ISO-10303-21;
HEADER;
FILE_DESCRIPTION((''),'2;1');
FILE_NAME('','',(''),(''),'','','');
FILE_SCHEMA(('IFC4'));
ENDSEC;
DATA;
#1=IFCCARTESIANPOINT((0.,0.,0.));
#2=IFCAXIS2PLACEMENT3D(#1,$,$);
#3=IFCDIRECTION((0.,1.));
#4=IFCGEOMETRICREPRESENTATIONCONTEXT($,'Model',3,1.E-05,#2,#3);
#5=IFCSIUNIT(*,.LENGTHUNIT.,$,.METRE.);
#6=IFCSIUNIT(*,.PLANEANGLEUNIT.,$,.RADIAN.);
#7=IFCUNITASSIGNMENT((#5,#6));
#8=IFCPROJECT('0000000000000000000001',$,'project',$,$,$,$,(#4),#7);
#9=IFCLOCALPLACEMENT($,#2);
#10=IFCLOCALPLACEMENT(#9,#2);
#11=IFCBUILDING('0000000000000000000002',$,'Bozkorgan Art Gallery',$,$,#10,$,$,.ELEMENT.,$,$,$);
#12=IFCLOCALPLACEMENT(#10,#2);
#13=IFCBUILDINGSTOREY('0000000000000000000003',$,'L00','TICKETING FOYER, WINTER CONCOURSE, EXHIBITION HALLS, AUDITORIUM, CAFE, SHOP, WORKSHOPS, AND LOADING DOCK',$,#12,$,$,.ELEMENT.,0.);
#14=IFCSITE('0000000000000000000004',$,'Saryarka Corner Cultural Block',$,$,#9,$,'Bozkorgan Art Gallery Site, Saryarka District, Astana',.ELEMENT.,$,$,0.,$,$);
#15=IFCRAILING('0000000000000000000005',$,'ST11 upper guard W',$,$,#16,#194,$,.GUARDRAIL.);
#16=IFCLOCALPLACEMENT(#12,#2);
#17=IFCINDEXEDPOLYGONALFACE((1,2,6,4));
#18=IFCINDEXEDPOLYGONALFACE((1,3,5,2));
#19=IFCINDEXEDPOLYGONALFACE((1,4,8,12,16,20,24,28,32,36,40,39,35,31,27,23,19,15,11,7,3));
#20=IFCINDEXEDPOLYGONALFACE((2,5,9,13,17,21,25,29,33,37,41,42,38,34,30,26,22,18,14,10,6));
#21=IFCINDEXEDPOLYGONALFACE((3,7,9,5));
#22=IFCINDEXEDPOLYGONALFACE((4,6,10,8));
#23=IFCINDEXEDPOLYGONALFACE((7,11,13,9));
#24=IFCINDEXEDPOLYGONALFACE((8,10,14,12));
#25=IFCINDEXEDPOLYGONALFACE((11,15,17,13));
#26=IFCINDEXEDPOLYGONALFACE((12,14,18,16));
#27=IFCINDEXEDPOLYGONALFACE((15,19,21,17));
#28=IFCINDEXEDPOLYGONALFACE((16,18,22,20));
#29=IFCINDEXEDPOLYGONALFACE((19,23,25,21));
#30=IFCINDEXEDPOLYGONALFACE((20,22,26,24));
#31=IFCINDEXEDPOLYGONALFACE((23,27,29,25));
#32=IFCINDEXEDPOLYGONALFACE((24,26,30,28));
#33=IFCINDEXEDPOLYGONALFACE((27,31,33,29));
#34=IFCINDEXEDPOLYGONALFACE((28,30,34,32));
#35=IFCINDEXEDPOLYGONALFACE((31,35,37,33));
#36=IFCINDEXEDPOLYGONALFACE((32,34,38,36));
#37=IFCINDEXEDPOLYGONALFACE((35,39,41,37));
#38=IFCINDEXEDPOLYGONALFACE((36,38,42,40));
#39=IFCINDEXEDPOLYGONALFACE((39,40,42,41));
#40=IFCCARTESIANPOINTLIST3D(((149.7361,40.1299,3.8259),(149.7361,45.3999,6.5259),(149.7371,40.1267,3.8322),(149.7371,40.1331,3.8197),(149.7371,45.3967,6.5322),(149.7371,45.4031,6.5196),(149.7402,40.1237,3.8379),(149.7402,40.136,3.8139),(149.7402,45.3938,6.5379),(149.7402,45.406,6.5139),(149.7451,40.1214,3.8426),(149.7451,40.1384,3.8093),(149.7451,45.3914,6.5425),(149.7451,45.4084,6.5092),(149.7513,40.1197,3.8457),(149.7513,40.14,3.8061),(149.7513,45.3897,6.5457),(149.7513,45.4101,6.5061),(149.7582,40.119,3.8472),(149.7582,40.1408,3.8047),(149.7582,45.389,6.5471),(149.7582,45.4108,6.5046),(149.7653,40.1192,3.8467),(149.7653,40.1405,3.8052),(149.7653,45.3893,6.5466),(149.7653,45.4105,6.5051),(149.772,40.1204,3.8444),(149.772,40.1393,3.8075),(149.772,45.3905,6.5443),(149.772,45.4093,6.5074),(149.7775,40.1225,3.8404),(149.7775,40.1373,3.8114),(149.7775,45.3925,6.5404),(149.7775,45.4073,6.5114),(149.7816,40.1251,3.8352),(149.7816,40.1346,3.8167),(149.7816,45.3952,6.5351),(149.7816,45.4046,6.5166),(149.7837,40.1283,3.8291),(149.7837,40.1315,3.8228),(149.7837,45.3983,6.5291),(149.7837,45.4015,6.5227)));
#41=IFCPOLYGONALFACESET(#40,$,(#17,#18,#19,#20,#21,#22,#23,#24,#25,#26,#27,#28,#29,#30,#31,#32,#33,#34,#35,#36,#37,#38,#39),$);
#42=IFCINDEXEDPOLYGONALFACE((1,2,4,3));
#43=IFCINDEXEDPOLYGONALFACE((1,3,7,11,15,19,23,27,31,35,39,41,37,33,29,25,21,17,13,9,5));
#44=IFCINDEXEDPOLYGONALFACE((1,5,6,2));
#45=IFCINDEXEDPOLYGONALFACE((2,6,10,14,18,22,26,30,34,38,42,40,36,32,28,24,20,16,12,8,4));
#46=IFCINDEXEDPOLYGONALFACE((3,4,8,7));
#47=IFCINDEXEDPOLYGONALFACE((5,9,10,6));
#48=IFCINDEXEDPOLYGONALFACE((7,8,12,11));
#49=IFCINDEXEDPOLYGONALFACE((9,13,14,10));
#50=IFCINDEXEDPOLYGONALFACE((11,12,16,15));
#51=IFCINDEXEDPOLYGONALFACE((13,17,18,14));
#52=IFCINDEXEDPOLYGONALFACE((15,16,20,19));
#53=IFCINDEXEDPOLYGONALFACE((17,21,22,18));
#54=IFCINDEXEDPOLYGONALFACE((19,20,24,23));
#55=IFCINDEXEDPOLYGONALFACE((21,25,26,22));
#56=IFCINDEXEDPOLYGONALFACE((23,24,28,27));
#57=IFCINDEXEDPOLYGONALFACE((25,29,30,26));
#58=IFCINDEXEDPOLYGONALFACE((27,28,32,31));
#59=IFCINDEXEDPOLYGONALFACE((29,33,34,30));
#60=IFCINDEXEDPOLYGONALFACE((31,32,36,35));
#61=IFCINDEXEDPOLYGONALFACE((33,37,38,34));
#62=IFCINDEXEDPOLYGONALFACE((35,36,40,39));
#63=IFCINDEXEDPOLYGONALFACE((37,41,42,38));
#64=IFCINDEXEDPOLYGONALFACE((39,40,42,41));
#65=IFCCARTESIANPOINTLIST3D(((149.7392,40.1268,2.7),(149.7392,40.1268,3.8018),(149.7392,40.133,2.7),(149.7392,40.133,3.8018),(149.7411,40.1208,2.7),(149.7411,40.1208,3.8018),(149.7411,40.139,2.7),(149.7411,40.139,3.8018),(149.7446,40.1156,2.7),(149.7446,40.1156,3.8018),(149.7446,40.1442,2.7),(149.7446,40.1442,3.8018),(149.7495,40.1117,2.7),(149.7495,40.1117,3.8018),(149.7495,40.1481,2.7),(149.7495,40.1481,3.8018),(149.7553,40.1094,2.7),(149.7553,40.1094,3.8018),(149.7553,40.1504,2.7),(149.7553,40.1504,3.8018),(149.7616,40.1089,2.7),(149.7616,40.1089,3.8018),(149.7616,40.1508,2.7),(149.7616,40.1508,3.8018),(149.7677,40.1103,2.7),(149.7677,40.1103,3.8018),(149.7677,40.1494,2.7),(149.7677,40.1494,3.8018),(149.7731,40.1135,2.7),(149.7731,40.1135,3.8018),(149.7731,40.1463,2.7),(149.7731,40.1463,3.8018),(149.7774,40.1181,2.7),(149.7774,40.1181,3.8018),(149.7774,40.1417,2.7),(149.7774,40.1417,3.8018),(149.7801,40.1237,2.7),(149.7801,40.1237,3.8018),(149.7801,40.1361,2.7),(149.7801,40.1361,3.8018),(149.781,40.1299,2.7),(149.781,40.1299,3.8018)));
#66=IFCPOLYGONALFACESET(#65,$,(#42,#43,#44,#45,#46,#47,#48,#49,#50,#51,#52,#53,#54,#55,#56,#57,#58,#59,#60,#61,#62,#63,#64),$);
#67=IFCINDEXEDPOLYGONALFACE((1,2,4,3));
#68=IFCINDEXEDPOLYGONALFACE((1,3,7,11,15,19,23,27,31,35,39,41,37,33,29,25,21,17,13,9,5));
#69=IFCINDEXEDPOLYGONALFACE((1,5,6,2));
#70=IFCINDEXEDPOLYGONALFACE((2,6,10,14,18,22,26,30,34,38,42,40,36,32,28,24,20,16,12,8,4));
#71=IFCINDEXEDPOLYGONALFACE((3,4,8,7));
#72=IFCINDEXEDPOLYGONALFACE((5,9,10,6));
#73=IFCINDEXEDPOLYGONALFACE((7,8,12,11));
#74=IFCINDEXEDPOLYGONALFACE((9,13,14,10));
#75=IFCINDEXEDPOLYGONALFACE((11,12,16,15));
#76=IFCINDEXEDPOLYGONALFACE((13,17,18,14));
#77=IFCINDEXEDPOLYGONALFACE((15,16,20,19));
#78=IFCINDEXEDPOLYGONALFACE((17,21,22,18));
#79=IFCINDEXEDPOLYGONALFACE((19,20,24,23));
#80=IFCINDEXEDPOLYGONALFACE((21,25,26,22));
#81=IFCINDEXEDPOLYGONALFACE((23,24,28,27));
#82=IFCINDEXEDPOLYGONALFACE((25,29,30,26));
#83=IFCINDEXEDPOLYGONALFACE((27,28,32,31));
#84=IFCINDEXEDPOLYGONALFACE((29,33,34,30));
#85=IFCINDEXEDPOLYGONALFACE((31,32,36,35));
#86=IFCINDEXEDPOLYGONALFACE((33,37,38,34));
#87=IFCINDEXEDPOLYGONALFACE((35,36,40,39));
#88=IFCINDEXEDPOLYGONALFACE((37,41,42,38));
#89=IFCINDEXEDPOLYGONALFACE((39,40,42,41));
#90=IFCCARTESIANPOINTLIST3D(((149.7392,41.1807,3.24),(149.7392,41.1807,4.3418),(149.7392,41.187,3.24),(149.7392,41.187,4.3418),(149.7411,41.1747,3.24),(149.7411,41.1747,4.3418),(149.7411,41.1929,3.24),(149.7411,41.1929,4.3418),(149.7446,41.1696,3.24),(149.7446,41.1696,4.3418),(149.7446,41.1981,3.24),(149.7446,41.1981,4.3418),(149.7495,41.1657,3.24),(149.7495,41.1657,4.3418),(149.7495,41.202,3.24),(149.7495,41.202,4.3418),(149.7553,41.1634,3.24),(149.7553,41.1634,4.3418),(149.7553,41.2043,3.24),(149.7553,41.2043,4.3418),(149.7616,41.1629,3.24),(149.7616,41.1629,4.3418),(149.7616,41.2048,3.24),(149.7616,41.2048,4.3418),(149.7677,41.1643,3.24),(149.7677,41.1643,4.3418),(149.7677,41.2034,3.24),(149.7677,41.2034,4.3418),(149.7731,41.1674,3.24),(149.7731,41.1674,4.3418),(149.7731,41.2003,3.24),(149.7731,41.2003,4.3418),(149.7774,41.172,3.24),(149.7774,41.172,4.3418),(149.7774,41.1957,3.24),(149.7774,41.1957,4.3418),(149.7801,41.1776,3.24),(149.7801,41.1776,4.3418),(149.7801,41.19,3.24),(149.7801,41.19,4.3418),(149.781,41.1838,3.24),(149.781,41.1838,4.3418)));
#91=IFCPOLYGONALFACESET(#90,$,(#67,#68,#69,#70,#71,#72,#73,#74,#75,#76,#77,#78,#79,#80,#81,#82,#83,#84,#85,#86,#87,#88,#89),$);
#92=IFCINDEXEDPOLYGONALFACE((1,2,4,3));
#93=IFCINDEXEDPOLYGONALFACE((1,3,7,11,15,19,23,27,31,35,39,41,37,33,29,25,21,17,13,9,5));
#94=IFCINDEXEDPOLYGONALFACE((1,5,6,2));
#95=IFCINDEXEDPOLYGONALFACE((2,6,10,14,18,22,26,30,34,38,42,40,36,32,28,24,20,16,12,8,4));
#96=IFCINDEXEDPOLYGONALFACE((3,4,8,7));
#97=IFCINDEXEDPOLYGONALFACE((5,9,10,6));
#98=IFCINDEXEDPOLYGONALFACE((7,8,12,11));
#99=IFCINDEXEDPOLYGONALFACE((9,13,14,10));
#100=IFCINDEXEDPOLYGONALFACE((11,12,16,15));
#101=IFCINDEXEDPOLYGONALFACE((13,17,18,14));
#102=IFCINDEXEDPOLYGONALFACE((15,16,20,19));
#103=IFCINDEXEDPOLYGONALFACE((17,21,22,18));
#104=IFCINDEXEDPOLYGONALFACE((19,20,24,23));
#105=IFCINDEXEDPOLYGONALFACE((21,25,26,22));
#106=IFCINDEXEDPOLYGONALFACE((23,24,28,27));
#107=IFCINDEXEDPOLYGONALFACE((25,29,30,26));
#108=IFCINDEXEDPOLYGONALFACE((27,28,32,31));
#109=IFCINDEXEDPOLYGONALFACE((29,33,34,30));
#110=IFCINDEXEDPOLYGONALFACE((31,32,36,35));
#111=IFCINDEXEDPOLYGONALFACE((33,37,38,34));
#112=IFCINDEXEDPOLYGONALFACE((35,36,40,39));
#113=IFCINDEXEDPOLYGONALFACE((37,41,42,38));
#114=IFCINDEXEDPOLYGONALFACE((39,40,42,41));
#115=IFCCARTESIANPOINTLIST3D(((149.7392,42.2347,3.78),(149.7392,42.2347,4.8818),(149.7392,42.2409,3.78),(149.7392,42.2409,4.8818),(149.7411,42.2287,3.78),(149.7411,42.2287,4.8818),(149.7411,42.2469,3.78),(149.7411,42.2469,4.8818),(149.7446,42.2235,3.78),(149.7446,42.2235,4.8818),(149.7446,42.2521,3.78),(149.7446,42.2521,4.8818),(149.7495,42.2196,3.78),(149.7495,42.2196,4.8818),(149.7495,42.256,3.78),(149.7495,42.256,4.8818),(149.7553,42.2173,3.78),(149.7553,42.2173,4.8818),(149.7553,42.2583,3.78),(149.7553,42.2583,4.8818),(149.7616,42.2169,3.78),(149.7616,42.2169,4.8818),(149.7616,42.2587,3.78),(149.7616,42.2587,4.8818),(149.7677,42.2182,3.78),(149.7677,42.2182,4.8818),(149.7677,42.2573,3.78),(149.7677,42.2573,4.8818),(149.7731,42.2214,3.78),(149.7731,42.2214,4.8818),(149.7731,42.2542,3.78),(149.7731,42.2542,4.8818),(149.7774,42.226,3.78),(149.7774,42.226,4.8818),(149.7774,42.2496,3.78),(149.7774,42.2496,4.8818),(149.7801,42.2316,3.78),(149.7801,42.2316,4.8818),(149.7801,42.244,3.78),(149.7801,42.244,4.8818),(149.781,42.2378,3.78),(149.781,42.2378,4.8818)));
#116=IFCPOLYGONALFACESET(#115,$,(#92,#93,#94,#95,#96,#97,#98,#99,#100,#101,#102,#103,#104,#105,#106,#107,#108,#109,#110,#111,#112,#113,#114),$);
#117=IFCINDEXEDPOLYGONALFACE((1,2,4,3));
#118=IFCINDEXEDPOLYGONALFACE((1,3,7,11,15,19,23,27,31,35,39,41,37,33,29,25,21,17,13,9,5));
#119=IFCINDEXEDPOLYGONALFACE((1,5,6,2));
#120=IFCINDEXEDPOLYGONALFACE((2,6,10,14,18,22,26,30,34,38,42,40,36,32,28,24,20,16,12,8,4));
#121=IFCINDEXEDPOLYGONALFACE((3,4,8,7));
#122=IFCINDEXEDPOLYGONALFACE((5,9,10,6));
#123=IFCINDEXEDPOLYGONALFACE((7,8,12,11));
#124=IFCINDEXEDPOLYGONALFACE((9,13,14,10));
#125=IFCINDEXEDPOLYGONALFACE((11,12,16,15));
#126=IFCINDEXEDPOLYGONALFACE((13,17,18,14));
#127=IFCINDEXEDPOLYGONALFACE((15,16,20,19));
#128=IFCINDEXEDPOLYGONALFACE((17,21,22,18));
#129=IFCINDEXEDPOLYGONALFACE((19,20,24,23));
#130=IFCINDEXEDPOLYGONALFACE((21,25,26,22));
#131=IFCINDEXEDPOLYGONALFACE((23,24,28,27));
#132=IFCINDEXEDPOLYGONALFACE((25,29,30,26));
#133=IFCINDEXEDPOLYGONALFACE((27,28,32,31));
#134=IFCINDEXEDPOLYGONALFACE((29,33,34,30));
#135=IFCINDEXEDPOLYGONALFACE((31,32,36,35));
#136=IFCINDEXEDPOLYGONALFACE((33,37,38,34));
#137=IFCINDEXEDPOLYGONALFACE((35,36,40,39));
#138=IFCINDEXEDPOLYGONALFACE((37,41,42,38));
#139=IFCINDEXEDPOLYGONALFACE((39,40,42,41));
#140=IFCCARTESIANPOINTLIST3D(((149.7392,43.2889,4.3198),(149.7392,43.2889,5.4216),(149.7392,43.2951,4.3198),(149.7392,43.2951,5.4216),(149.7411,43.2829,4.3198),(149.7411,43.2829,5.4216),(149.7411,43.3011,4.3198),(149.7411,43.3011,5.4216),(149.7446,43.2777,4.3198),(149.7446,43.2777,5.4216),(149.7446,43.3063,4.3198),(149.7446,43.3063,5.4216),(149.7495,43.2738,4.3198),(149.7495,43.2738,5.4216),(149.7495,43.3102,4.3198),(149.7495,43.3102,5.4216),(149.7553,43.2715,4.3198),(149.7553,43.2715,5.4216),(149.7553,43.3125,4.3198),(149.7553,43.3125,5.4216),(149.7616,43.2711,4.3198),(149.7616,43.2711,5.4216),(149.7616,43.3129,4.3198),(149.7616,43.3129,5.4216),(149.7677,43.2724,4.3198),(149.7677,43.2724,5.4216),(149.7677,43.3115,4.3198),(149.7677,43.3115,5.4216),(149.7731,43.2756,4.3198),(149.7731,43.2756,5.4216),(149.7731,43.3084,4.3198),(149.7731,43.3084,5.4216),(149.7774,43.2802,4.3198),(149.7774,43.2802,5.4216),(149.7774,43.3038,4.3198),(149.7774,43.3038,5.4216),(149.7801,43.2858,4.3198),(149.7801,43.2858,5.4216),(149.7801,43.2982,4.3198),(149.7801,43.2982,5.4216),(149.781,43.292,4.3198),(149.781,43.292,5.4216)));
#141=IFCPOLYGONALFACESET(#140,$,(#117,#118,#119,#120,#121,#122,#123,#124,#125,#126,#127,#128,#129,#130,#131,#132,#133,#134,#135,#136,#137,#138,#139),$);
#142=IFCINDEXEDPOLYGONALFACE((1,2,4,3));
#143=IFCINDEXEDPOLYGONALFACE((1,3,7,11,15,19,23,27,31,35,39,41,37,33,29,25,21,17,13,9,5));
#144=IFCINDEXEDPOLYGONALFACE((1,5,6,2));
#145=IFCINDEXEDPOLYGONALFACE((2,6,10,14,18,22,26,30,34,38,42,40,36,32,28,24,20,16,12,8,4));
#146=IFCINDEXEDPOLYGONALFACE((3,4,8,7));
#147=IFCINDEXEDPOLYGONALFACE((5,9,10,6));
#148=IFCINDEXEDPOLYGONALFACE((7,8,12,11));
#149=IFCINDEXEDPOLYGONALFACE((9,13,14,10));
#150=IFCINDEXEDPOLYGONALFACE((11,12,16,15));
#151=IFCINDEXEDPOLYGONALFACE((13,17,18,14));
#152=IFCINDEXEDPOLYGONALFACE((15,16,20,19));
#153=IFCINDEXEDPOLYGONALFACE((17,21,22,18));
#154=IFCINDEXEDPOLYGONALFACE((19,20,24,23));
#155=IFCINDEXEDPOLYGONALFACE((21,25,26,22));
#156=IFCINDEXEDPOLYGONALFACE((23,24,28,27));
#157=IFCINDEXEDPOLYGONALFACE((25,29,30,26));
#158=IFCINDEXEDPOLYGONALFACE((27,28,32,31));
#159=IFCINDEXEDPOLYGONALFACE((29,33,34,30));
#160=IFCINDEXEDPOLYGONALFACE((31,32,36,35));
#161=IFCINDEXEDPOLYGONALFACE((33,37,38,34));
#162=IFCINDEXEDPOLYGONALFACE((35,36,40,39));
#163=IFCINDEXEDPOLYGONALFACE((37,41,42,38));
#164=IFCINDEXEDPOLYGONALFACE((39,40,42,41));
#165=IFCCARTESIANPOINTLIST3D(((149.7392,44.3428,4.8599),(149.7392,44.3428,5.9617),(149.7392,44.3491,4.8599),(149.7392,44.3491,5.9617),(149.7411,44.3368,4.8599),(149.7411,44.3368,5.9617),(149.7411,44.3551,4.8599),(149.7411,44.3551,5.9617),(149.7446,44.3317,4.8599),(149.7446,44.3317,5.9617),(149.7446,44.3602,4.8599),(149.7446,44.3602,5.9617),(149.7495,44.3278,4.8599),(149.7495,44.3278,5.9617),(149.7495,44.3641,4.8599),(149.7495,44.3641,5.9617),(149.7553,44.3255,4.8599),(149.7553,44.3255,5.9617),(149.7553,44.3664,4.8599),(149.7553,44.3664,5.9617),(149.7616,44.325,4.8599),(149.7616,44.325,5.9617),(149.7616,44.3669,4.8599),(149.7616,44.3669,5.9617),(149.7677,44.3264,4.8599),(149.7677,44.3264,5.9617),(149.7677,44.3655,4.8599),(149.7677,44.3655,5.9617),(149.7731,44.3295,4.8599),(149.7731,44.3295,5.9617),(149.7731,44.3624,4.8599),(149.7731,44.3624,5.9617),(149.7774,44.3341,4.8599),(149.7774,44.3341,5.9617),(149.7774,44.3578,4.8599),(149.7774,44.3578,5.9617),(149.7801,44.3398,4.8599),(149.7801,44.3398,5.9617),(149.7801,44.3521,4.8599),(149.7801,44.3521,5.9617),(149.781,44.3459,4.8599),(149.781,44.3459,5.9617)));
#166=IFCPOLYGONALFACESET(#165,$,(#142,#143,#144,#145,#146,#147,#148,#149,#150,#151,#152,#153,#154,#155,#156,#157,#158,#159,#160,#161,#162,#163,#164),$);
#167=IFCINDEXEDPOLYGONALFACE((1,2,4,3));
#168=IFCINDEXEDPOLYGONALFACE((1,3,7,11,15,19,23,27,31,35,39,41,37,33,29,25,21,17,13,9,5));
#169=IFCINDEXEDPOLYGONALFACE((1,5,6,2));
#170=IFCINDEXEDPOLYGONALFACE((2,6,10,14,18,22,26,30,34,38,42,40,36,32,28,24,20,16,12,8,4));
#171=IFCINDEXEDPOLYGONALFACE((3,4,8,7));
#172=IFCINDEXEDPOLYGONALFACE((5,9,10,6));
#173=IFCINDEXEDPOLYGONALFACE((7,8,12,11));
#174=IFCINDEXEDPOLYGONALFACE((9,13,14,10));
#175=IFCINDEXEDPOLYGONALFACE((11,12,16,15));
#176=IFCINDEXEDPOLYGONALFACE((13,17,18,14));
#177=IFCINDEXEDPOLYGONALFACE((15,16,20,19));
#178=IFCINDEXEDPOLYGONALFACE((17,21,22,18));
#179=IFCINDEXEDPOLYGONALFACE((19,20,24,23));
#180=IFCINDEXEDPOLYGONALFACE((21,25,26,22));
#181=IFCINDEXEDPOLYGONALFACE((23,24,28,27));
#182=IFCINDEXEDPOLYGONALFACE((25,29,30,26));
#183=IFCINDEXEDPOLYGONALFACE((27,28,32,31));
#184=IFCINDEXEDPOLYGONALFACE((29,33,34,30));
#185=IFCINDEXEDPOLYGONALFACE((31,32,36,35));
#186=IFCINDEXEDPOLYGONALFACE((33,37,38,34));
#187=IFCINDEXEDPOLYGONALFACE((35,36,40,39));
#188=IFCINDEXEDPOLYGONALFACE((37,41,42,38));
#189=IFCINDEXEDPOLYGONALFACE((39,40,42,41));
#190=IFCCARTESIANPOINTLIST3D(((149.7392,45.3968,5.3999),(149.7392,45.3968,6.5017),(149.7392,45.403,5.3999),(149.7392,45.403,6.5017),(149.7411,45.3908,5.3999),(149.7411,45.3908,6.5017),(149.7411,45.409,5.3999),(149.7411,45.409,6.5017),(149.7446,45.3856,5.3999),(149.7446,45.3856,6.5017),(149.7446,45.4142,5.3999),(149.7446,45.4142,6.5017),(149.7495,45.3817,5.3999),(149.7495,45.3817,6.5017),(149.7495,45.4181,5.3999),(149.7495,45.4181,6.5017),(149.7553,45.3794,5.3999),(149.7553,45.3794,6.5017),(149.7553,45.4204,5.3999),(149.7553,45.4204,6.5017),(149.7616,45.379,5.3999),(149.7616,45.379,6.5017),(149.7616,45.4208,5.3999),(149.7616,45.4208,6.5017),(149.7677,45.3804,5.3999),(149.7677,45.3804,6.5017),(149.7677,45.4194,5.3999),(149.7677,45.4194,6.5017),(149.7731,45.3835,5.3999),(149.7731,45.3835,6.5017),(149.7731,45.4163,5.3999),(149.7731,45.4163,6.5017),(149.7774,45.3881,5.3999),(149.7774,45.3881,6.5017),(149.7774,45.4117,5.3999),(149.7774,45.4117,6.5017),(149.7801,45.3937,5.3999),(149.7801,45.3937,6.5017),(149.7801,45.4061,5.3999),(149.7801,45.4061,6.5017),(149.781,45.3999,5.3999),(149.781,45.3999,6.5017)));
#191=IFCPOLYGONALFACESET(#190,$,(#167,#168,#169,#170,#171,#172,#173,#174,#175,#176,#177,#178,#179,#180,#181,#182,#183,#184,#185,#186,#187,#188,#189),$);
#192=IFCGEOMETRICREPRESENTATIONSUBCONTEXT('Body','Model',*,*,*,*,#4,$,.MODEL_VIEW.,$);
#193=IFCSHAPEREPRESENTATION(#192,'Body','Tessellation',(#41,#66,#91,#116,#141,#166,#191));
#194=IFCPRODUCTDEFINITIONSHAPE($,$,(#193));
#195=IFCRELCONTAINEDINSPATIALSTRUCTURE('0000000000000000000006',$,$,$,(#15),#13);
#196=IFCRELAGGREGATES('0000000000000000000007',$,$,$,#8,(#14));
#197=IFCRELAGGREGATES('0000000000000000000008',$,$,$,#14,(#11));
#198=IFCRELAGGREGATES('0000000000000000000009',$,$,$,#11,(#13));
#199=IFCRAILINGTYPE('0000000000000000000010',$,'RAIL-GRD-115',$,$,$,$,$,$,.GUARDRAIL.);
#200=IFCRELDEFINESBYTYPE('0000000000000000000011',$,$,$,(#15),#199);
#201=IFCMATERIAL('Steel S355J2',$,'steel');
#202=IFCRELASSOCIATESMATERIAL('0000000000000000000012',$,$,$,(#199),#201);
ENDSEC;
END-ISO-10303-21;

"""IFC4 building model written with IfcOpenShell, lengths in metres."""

from ifc_helpers import new_model, si_unit, direction, frame, origin, origin_2d, place, context, subcontext, project, spatial, circle, extrude, material, type_object, element, save


model = new_model("IFC4")

# Units and contexts
model_context = context("Model", 3, precision=1e-05, world=origin(), true_north=direction((0.0, 1.0)))
body_context = subcontext(model_context, "Body", "Model", "MODEL_VIEW")
ifc_project = project(units=[si_unit("LENGTHUNIT", "METRE"), si_unit("PLANEANGLEUNIT", "RADIAN")], contexts=[model_context])

# Site, building, storey
site_placement = place(None, origin())
site = spatial("IfcSite", under=ifc_project, at=site_placement, Name="Saryarka Corner Cultural Block", LongName="Bozkorgan Art Gallery Site, Saryarka District, Astana", CompositionType="ELEMENT", RefElevation=0.0)
building_placement = place(site_placement, origin())
building = spatial("IfcBuilding", under=site, at=building_placement, Name="Bozkorgan Art Gallery", CompositionType="ELEMENT")
storey_placement = place(building_placement, origin())
storey = spatial("IfcBuildingStorey", under=building, at=storey_placement, Name="L00", Description="TICKETING FOYER, WINTER CONCOURSE, EXHIBITION HALLS, AUDITORIUM, CAFE, SHOP, WORKSHOPS, AND LOADING DOCK", CompositionType="ELEMENT", Elevation=0.0)

# Shared definitions
ifc_material_1 = material(Name="Steel S355J2", Category="steel")

# Railing
railing_type = type_object("IfcRailingType", Name="RAIL-GRD-115", PredefinedType="GUARDRAIL", material=ifc_material_1)
for number, where, name in (
    (1, (149.76, 40.1299, 2.7), "ST11 upper guard W"),
):
    element("IfcRailing", number, at=place(storey_placement, frame(where)), inside=storey, type_object=railing_type, Name=name, PredefinedType="GUARDRAIL", context=body_context, shape_type="SweptSolid", body=[
        extrude(circle(Radius=0.0239, at=origin_2d()), frame((0.0, 0.0, 1.126), z_axis=(0.0, 0.889997, 0.455966), x_axis=(-1.0, 0.0, 0.0)), (0.0, 0.0, 1.0), 5.9214),
        extrude(circle(Radius=0.021, at=origin_2d()), origin(), (0.0, 0.0, 1.0), 1.1018),
        extrude(circle(Radius=0.021, at=origin_2d()), frame((0.0, 1.054, 0.54)), (0.0, 0.0, 1.0), 1.1018),
        extrude(circle(Radius=0.021, at=origin_2d()), frame((0.0, 2.1079, 1.0801)), (0.0, 0.0, 1.0), 1.1018),
        extrude(circle(Radius=0.021, at=origin_2d()), frame((0.0, 3.1621, 1.6199)), (0.0, 0.0, 1.0), 1.1018),
        extrude(circle(Radius=0.021, at=origin_2d()), frame((0.0, 4.2161, 2.1599)), (0.0, 0.0, 1.0), 1.1018),
        extrude(circle(Radius=0.021, at=origin_2d()), frame((0.0, 5.27, 2.7)), (0.0, 0.0, 1.0), 1.1018),
    ])

save(model, "model.ifc")
